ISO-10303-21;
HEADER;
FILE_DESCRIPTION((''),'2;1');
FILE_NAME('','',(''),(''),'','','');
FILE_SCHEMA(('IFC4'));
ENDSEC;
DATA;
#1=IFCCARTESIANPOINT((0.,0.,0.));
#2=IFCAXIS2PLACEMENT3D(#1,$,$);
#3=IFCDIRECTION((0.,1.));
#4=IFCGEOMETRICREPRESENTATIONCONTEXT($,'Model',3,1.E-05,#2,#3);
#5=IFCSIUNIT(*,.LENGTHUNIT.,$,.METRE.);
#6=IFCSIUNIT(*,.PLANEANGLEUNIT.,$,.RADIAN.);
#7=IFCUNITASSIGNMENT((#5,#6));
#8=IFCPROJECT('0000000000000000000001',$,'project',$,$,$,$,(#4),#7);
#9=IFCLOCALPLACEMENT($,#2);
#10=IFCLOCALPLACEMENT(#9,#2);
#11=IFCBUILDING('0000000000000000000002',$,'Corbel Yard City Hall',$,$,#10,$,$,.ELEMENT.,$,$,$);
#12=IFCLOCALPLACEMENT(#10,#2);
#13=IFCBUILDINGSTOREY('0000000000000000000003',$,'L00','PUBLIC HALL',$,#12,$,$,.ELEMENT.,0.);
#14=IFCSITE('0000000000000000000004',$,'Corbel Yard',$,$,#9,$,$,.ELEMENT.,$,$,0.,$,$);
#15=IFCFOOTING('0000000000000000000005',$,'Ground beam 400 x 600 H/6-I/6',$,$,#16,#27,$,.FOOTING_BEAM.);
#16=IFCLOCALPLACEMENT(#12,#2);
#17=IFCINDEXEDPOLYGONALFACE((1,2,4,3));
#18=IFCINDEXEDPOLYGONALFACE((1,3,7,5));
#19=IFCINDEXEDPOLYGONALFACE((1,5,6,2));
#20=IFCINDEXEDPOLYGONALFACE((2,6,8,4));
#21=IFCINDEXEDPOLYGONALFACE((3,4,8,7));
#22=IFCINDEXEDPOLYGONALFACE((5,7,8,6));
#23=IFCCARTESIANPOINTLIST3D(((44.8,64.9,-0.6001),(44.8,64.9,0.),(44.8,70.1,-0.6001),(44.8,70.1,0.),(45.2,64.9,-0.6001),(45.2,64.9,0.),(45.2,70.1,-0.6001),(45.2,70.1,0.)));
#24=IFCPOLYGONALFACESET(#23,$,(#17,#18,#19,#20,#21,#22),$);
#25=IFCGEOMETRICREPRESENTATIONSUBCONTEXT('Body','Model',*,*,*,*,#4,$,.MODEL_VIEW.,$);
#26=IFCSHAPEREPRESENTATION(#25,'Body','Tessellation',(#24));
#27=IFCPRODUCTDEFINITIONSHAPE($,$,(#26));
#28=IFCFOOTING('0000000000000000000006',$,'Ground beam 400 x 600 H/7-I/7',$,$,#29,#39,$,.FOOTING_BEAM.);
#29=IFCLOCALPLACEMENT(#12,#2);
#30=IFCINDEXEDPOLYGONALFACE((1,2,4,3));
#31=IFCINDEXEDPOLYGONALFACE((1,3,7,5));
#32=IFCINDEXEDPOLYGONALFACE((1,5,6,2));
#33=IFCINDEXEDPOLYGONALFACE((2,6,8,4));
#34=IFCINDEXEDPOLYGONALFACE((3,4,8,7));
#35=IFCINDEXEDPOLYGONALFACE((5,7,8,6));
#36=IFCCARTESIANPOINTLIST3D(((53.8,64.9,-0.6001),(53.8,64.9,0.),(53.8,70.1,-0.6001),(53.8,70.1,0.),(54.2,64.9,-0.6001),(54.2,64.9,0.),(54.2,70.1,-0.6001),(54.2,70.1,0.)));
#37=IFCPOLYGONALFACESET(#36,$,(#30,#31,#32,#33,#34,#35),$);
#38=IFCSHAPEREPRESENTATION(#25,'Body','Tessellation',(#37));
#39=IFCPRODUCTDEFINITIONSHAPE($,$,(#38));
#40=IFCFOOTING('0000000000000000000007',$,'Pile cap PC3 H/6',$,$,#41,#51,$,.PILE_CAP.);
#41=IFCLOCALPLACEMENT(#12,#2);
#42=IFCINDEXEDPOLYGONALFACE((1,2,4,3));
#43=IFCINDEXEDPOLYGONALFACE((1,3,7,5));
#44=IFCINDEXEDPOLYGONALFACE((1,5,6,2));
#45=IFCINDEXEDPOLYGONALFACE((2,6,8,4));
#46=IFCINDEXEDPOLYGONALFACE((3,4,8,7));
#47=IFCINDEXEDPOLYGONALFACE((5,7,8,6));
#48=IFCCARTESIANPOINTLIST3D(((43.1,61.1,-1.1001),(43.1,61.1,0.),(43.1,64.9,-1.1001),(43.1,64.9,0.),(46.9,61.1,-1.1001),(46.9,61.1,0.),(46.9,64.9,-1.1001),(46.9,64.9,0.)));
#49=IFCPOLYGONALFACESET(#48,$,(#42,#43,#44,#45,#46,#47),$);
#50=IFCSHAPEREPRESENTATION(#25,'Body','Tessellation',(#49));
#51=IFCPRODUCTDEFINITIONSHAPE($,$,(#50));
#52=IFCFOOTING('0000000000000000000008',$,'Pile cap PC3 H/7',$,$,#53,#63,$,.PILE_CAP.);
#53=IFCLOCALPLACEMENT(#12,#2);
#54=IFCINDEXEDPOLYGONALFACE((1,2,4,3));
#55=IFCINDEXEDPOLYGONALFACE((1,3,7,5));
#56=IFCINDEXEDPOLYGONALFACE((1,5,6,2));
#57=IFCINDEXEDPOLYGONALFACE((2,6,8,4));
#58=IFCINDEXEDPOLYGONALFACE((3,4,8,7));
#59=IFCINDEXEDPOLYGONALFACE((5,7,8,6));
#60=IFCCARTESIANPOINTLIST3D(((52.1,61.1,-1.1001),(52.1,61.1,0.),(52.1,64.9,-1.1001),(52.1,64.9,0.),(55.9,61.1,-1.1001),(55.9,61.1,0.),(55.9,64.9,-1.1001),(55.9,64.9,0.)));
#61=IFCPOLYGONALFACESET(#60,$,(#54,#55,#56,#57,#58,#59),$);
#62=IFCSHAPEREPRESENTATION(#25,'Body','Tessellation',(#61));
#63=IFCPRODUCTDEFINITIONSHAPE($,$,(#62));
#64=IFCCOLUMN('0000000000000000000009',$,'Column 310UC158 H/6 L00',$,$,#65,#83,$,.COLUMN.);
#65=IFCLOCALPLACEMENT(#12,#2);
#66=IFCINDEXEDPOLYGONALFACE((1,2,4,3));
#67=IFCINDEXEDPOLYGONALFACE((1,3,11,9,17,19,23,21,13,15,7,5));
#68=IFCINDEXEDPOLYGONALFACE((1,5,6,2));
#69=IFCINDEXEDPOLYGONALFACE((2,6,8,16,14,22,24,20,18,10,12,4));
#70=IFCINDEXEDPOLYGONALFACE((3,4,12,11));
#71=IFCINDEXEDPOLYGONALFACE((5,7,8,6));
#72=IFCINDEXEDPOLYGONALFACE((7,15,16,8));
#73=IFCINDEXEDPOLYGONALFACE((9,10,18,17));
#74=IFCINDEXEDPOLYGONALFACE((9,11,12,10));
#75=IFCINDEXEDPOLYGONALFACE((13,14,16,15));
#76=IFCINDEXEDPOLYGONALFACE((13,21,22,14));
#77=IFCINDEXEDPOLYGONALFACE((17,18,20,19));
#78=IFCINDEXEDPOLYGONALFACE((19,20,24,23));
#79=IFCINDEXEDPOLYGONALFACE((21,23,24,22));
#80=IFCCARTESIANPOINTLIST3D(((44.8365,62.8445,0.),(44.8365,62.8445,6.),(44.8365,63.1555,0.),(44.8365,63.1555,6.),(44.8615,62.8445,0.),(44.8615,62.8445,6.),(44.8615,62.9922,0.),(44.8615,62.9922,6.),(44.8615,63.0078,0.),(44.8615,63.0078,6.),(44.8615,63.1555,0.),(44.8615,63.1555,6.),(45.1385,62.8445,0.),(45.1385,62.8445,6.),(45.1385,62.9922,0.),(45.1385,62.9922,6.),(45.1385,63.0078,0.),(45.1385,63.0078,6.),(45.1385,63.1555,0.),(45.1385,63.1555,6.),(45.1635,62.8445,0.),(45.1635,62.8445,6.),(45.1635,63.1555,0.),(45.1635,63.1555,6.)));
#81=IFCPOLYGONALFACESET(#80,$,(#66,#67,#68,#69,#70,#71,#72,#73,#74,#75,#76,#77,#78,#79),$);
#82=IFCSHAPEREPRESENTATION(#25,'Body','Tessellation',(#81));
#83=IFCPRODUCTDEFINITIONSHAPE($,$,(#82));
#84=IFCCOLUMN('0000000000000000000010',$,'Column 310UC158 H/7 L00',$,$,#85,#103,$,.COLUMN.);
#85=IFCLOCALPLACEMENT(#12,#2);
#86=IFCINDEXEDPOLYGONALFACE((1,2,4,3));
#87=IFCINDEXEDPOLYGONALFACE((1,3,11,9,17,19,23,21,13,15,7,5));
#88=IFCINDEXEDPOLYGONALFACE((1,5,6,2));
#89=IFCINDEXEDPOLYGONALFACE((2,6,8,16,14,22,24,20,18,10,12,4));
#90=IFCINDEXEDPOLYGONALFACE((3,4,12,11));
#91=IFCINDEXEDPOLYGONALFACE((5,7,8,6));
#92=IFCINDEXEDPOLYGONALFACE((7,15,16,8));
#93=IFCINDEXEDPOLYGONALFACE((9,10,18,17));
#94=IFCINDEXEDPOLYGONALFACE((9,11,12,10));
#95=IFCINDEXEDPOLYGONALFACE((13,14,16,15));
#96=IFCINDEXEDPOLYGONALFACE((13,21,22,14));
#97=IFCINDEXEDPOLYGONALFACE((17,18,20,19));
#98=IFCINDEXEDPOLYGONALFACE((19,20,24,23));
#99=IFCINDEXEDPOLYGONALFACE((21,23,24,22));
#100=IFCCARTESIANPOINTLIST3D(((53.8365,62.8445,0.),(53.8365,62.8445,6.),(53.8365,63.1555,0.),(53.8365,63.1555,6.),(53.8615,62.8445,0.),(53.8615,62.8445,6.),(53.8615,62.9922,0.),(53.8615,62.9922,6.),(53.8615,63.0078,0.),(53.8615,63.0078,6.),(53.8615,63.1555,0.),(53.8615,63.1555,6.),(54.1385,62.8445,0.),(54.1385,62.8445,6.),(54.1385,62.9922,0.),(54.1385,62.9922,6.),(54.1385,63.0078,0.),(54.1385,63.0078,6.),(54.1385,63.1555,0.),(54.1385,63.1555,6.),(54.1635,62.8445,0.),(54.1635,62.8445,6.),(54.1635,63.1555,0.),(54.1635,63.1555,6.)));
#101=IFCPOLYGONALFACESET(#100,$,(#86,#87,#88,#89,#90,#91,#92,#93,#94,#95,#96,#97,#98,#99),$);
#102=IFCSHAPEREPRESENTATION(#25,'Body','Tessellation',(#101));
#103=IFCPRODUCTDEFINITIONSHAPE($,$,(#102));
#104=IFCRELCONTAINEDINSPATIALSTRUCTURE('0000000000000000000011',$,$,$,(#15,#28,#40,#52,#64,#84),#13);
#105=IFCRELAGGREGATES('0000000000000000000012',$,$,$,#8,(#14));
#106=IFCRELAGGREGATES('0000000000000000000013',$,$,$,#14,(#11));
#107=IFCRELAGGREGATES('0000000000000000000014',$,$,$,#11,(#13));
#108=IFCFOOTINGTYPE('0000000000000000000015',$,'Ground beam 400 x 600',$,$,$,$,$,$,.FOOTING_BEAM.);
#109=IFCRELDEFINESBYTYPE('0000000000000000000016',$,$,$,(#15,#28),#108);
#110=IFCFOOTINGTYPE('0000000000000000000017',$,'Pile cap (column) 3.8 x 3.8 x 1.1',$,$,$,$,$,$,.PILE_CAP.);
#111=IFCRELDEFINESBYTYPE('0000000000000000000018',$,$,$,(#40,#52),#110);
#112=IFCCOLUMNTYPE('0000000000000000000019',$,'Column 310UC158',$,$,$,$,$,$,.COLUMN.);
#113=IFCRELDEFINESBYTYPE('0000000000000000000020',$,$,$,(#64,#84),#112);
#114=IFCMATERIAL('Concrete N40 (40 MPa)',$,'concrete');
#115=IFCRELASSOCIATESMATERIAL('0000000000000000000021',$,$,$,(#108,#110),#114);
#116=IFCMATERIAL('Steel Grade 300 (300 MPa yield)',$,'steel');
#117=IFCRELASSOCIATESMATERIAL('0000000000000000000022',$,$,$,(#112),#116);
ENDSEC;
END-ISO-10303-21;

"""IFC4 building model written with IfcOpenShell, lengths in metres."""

from ifc_helpers import new_model, si_unit, direction, frame, origin, origin_2d, place, context, subcontext, project, spatial, rectangle, i_section, extrude, material, material_profile, profile_set, type_object, element, save


model = new_model("IFC4")

# Units and contexts
model_context = context("Model", 3, precision=1e-05, world=origin(), true_north=direction((0.0, 1.0)))
body_context = subcontext(model_context, "Body", "Model", "MODEL_VIEW")
ifc_project = project(units=[si_unit("LENGTHUNIT", "METRE"), si_unit("PLANEANGLEUNIT", "RADIAN")], contexts=[model_context])

# Site, building, storey
site_placement = place(None, origin())
site = spatial("IfcSite", under=ifc_project, at=site_placement, Name="Corbel Yard", CompositionType="ELEMENT", RefElevation=0.0)
building_placement = place(site_placement, origin())
building = spatial("IfcBuilding", under=site, at=building_placement, Name="Corbel Yard City Hall", CompositionType="ELEMENT")
storey_placement = place(building_placement, origin())
storey = spatial("IfcBuildingStorey", under=building, at=storey_placement, Name="L00", Description="PUBLIC HALL", CompositionType="ELEMENT", Elevation=0.0)

# Shared definitions
ifc_material_1 = material(Name="Concrete N40 (40 MPa)", Category="concrete")

# Footings
footing_type_1 = type_object("IfcFootingType", Name="Ground beam 400 x 600", PredefinedType="FOOTING_BEAM", material=ifc_material_1)
for number, where, z_axis, x_axis, name in (
    (1, (45.0, 67.5, -0.6001), (0.0, 0.0, 1.0), (1.0, 0.0, 0.0), "Ground beam 400 x 600 H/6-I/6"),
    (2, (54.0, 67.5, -0.6001), (0.0, 0.0, 1.0), (1.0, 0.0, 0.0), "Ground beam 400 x 600 H/7-I/7"),
):
    element("IfcFooting", number, at=place(storey_placement, frame(where, z_axis=z_axis, x_axis=x_axis)), inside=storey, type_object=footing_type_1, Name=name, PredefinedType="FOOTING_BEAM", context=body_context, shape_type="SweptSolid", body=[
        extrude(rectangle(XDim=0.3999, YDim=5.2, at=origin_2d()), origin(), (0.0, 0.0, 1.0), 0.6001),
    ])
footing_type_2 = type_object("IfcFootingType", Name="Pile cap (column) 3.8 x 3.8 x 1.1", PredefinedType="PILE_CAP", material=ifc_material_1)
for number, where, z_axis, x_axis, name in (
    (3, (45.0, 63.0, -1.1001), (0.0, 0.0, 1.0), (1.0, 0.0, 0.0), "Pile cap PC3 H/6"),
    (4, (54.0, 63.0, -1.1001), (0.0, 0.0, 1.0), (1.0, 0.0, 0.0), "Pile cap PC3 H/7"),
):
    element("IfcFooting", number, at=place(storey_placement, frame(where, z_axis=z_axis, x_axis=x_axis)), inside=storey, type_object=footing_type_2, Name=name, PredefinedType="PILE_CAP", context=body_context, shape_type="SweptSolid", body=[
        extrude(rectangle(XDim=3.8, YDim=3.8, at=origin_2d()), origin(), (0.0, 0.0, 1.0), 1.1001),
    ])

# Columns
ifc_material_2 = material(Name="Steel Grade 300 (300 MPa yield)", Category="steel")
ifc_material_profile_1 = material_profile(ifc_material_2, i_section(OverallWidth=0.311, OverallDepth=0.3269, WebThickness=0.0156, FlangeThickness=0.0249, at=origin_2d()), Name="310UC158")
ifc_profile_set_1 = profile_set([ifc_material_profile_1], Name="Steel Grade 300 (300 MPa yield)")
column_type = type_object("IfcColumnType", Name="Column 310UC158", PredefinedType="COLUMN", material=ifc_profile_set_1)
for number, where, z_axis, x_axis, name in (
    (5, (45.0, 63.0, 0.0), (0.0, 0.0, 1.0), (0.0, 1.0, 0.0), "Column 310UC158 H/6 L00"),
    (6, (54.0, 63.0, 0.0), (0.0, 0.0, 1.0), (0.0, 1.0, 0.0), "Column 310UC158 H/7 L00"),
):
    element("IfcColumn", number, at=place(storey_placement, frame(where, z_axis=z_axis, x_axis=x_axis)), inside=storey, type_object=column_type, Name=name, PredefinedType="COLUMN", context=body_context, shape_type="SweptSolid", body=[
        extrude(i_section(OverallWidth=0.311, OverallDepth=0.3269, WebThickness=0.0156, FlangeThickness=0.0249, at=origin_2d()), origin(), (0.0, 0.0, 1.0), 6.0),
    ])

save(model, "model.ifc")
